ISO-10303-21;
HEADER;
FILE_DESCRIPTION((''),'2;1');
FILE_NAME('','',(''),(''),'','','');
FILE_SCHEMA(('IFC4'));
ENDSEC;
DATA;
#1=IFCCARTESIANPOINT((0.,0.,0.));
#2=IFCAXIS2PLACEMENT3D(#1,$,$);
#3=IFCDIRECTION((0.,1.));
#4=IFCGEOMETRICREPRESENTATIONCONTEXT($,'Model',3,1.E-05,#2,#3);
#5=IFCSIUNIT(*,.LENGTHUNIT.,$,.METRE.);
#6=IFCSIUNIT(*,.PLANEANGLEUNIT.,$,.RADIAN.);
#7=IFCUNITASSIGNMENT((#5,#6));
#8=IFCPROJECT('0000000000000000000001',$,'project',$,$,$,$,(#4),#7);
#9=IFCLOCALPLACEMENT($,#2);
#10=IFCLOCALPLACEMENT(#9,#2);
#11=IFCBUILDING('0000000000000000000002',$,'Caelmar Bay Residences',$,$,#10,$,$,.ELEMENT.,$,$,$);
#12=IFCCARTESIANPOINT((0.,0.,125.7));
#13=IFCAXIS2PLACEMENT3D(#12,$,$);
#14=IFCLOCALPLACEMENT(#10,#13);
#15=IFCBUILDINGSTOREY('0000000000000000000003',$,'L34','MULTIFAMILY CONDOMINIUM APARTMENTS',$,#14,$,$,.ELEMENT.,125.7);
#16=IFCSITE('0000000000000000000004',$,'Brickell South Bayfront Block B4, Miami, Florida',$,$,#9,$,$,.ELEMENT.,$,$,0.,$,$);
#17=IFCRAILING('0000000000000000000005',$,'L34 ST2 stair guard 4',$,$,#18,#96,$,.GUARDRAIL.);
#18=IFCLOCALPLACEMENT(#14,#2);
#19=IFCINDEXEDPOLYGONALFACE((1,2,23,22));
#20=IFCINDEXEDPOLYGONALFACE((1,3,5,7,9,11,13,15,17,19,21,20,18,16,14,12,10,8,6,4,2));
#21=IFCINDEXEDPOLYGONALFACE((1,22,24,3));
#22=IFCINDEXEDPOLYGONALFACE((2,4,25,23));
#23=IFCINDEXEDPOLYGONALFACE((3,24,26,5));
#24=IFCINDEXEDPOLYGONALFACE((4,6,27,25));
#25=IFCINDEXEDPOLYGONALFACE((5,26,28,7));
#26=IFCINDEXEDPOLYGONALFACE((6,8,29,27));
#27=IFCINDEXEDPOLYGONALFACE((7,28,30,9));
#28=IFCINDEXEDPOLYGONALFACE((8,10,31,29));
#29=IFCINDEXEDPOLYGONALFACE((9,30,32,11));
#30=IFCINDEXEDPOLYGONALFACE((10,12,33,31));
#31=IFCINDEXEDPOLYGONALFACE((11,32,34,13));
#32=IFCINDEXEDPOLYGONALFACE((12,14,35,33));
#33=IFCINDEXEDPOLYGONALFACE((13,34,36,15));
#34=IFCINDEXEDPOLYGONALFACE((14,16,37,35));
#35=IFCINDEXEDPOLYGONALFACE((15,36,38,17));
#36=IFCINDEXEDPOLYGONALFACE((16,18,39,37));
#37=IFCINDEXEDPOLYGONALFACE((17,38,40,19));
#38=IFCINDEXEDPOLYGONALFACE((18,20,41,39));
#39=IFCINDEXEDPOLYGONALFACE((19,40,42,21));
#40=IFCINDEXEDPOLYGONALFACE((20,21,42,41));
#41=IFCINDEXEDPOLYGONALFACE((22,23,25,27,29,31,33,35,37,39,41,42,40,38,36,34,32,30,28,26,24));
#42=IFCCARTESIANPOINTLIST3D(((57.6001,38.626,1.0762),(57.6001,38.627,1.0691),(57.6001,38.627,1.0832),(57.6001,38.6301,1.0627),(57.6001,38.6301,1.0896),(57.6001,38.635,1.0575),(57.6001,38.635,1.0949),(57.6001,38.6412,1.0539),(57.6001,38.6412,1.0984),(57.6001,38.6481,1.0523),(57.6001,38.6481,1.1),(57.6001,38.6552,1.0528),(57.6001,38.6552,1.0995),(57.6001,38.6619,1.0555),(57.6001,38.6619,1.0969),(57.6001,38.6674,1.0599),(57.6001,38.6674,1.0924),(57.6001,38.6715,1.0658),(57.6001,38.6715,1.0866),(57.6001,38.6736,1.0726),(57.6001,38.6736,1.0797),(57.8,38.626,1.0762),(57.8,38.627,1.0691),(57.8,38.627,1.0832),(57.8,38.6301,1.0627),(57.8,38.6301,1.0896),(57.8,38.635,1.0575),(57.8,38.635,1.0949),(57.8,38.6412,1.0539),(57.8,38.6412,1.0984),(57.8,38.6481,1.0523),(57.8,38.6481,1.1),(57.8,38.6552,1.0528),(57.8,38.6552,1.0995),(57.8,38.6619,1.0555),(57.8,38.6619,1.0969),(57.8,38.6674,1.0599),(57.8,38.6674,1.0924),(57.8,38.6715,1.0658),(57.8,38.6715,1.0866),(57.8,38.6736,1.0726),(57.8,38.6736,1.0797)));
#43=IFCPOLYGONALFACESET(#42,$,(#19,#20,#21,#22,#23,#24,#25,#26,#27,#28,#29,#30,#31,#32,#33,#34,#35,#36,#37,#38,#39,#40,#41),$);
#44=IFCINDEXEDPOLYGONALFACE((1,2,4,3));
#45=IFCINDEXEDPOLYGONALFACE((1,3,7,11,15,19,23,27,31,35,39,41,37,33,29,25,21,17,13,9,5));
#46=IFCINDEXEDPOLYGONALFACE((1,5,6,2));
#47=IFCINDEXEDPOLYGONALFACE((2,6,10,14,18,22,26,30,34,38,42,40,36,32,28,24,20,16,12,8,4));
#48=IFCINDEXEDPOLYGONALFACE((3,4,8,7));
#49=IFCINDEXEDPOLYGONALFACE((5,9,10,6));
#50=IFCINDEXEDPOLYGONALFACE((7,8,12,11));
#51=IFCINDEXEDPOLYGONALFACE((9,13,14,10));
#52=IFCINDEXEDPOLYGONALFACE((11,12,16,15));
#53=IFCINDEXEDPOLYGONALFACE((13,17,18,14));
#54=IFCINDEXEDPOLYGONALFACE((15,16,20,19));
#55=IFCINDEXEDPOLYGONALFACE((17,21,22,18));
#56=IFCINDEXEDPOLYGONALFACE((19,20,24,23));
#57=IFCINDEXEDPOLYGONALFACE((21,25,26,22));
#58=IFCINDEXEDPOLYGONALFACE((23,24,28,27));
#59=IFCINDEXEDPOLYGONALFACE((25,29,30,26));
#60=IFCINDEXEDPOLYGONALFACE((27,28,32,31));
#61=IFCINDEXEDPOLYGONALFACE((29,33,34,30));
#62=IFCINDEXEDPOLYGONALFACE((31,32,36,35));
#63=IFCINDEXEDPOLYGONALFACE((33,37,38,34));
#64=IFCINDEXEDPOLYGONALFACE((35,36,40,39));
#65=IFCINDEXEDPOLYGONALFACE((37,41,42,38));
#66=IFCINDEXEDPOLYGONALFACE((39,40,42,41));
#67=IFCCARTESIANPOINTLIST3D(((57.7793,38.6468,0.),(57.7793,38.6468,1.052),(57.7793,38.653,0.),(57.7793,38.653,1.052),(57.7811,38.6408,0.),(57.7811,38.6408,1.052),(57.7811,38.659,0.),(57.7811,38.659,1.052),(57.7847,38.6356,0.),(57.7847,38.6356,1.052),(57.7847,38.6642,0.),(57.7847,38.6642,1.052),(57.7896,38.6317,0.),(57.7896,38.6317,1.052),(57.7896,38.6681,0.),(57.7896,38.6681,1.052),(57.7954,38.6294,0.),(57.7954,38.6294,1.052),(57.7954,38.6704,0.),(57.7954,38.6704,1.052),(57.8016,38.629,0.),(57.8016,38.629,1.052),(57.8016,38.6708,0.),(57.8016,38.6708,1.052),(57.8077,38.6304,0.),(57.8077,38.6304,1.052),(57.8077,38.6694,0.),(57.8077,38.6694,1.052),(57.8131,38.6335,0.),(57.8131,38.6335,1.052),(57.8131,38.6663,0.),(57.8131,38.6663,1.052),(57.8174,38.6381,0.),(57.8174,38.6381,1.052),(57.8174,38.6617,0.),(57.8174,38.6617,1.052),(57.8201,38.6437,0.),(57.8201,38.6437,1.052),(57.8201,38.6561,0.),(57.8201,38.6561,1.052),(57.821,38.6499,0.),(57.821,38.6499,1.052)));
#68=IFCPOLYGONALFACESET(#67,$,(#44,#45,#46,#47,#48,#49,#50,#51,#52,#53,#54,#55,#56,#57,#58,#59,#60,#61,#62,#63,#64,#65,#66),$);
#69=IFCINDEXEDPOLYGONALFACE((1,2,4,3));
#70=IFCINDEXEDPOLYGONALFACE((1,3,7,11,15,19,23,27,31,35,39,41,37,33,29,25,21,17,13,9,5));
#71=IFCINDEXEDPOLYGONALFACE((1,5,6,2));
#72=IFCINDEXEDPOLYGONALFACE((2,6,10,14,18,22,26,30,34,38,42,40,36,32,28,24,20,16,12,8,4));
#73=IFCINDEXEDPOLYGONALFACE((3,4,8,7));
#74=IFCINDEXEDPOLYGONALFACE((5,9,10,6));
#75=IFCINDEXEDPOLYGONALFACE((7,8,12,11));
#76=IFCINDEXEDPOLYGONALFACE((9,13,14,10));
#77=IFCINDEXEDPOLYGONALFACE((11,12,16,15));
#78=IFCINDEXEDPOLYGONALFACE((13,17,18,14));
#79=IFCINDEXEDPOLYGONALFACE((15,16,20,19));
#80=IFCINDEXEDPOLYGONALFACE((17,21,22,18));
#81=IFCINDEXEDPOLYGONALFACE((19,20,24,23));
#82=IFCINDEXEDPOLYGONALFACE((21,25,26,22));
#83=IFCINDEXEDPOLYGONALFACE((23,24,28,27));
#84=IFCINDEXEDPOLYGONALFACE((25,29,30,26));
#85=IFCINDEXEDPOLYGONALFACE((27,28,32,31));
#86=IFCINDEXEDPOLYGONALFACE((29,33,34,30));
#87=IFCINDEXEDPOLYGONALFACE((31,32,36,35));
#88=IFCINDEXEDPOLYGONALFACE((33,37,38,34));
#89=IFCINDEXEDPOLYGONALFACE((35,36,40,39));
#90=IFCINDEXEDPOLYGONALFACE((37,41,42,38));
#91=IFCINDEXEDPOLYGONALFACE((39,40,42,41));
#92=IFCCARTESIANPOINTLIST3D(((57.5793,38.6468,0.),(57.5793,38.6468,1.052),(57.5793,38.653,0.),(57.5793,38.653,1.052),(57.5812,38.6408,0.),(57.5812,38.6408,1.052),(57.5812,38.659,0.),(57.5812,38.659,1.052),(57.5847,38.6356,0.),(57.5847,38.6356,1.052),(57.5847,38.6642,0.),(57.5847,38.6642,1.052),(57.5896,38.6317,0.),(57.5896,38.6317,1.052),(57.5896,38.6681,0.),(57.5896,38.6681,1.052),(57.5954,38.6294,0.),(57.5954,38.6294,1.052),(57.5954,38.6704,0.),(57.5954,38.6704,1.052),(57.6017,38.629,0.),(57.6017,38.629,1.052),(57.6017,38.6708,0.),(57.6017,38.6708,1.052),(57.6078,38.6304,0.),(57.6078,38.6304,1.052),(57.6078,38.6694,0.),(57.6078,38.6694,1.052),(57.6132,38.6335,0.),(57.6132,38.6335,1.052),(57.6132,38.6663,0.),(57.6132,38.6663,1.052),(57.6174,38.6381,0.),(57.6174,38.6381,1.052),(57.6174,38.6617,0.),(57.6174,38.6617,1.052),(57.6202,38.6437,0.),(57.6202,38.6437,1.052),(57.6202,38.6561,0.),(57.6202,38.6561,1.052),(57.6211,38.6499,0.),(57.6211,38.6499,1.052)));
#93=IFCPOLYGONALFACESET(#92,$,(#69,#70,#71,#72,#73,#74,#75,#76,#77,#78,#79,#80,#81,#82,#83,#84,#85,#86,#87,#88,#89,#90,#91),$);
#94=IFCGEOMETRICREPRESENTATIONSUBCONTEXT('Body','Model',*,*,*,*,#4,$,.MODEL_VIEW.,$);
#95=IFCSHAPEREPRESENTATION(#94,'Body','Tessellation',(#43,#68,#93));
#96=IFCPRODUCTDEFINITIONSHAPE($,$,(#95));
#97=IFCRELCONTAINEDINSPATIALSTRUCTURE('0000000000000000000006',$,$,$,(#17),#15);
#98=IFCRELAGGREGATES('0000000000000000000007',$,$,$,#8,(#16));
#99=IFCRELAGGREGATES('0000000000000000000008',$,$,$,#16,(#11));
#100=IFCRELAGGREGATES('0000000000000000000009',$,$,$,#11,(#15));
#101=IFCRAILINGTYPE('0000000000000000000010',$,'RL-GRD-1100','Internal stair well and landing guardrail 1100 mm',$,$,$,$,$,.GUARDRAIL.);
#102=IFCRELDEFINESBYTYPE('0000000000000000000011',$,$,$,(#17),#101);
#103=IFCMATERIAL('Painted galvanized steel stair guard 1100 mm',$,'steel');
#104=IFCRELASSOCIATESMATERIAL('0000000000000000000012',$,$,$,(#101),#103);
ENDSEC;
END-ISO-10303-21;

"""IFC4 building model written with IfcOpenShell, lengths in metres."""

from ifc_helpers import new_model, si_unit, direction, frame, origin, origin_2d, place, context, subcontext, project, spatial, circle, extrude, material, type_object, element, save


model = new_model("IFC4")

# Units and contexts
model_context = context("Model", 3, precision=1e-05, world=origin(), true_north=direction((0.0, 1.0)))
body_context = subcontext(model_context, "Body", "Model", "MODEL_VIEW")
ifc_project = project(units=[si_unit("LENGTHUNIT", "METRE"), si_unit("PLANEANGLEUNIT", "RADIAN")], contexts=[model_context])

# Site, building, storey
site_placement = place(None, origin())
site = spatial("IfcSite", under=ifc_project, at=site_placement, Name="Brickell South Bayfront Block B4, Miami, Florida", CompositionType="ELEMENT", RefElevation=0.0)
building_placement = place(site_placement, origin())
building = spatial("IfcBuilding", under=site, at=building_placement, Name="Caelmar Bay Residences", CompositionType="ELEMENT")
storey_placement = place(building_placement, frame((0.0, 0.0, 125.7)))
storey = spatial("IfcBuildingStorey", under=building, at=storey_placement, Name="L34", Description="MULTIFAMILY CONDOMINIUM APARTMENTS", CompositionType="ELEMENT", Elevation=125.7)

# Railing
ifc_material_1 = material(Name="Painted galvanized steel stair guard 1100 mm", Category="steel")
railing_type_1 = type_object("IfcRailingType", Name="RL-GRD-1100", Description="Internal stair well and landing guardrail 1100 mm", PredefinedType="GUARDRAIL", material=ifc_material_1)
railing_1_placement = place(storey_placement, frame((57.8, 38.6499, 0.0)))
element("IfcRailing", 1, at=railing_1_placement, inside=storey, type_object=railing_type_1, Name="L34 ST2 stair guard 4", PredefinedType="GUARDRAIL", context=body_context, shape_type="SweptSolid", body=[
    extrude(circle(Radius=0.0239, at=origin_2d()), frame((0.0, 0.0, 1.0762), z_axis=(-1.0, 0.0, 0.0), x_axis=(0.0, -1.0, 0.0)), (0.0, 0.0, 1.0), 0.2),
    extrude(circle(Radius=0.021, at=origin_2d()), origin(), (0.0, 0.0, 1.0), 1.052),
    extrude(circle(Radius=0.021, at=origin_2d()), frame((-0.2, 0.0, 0.0)), (0.0, 0.0, 1.0), 1.052),
])

save(model, "model.ifc")
